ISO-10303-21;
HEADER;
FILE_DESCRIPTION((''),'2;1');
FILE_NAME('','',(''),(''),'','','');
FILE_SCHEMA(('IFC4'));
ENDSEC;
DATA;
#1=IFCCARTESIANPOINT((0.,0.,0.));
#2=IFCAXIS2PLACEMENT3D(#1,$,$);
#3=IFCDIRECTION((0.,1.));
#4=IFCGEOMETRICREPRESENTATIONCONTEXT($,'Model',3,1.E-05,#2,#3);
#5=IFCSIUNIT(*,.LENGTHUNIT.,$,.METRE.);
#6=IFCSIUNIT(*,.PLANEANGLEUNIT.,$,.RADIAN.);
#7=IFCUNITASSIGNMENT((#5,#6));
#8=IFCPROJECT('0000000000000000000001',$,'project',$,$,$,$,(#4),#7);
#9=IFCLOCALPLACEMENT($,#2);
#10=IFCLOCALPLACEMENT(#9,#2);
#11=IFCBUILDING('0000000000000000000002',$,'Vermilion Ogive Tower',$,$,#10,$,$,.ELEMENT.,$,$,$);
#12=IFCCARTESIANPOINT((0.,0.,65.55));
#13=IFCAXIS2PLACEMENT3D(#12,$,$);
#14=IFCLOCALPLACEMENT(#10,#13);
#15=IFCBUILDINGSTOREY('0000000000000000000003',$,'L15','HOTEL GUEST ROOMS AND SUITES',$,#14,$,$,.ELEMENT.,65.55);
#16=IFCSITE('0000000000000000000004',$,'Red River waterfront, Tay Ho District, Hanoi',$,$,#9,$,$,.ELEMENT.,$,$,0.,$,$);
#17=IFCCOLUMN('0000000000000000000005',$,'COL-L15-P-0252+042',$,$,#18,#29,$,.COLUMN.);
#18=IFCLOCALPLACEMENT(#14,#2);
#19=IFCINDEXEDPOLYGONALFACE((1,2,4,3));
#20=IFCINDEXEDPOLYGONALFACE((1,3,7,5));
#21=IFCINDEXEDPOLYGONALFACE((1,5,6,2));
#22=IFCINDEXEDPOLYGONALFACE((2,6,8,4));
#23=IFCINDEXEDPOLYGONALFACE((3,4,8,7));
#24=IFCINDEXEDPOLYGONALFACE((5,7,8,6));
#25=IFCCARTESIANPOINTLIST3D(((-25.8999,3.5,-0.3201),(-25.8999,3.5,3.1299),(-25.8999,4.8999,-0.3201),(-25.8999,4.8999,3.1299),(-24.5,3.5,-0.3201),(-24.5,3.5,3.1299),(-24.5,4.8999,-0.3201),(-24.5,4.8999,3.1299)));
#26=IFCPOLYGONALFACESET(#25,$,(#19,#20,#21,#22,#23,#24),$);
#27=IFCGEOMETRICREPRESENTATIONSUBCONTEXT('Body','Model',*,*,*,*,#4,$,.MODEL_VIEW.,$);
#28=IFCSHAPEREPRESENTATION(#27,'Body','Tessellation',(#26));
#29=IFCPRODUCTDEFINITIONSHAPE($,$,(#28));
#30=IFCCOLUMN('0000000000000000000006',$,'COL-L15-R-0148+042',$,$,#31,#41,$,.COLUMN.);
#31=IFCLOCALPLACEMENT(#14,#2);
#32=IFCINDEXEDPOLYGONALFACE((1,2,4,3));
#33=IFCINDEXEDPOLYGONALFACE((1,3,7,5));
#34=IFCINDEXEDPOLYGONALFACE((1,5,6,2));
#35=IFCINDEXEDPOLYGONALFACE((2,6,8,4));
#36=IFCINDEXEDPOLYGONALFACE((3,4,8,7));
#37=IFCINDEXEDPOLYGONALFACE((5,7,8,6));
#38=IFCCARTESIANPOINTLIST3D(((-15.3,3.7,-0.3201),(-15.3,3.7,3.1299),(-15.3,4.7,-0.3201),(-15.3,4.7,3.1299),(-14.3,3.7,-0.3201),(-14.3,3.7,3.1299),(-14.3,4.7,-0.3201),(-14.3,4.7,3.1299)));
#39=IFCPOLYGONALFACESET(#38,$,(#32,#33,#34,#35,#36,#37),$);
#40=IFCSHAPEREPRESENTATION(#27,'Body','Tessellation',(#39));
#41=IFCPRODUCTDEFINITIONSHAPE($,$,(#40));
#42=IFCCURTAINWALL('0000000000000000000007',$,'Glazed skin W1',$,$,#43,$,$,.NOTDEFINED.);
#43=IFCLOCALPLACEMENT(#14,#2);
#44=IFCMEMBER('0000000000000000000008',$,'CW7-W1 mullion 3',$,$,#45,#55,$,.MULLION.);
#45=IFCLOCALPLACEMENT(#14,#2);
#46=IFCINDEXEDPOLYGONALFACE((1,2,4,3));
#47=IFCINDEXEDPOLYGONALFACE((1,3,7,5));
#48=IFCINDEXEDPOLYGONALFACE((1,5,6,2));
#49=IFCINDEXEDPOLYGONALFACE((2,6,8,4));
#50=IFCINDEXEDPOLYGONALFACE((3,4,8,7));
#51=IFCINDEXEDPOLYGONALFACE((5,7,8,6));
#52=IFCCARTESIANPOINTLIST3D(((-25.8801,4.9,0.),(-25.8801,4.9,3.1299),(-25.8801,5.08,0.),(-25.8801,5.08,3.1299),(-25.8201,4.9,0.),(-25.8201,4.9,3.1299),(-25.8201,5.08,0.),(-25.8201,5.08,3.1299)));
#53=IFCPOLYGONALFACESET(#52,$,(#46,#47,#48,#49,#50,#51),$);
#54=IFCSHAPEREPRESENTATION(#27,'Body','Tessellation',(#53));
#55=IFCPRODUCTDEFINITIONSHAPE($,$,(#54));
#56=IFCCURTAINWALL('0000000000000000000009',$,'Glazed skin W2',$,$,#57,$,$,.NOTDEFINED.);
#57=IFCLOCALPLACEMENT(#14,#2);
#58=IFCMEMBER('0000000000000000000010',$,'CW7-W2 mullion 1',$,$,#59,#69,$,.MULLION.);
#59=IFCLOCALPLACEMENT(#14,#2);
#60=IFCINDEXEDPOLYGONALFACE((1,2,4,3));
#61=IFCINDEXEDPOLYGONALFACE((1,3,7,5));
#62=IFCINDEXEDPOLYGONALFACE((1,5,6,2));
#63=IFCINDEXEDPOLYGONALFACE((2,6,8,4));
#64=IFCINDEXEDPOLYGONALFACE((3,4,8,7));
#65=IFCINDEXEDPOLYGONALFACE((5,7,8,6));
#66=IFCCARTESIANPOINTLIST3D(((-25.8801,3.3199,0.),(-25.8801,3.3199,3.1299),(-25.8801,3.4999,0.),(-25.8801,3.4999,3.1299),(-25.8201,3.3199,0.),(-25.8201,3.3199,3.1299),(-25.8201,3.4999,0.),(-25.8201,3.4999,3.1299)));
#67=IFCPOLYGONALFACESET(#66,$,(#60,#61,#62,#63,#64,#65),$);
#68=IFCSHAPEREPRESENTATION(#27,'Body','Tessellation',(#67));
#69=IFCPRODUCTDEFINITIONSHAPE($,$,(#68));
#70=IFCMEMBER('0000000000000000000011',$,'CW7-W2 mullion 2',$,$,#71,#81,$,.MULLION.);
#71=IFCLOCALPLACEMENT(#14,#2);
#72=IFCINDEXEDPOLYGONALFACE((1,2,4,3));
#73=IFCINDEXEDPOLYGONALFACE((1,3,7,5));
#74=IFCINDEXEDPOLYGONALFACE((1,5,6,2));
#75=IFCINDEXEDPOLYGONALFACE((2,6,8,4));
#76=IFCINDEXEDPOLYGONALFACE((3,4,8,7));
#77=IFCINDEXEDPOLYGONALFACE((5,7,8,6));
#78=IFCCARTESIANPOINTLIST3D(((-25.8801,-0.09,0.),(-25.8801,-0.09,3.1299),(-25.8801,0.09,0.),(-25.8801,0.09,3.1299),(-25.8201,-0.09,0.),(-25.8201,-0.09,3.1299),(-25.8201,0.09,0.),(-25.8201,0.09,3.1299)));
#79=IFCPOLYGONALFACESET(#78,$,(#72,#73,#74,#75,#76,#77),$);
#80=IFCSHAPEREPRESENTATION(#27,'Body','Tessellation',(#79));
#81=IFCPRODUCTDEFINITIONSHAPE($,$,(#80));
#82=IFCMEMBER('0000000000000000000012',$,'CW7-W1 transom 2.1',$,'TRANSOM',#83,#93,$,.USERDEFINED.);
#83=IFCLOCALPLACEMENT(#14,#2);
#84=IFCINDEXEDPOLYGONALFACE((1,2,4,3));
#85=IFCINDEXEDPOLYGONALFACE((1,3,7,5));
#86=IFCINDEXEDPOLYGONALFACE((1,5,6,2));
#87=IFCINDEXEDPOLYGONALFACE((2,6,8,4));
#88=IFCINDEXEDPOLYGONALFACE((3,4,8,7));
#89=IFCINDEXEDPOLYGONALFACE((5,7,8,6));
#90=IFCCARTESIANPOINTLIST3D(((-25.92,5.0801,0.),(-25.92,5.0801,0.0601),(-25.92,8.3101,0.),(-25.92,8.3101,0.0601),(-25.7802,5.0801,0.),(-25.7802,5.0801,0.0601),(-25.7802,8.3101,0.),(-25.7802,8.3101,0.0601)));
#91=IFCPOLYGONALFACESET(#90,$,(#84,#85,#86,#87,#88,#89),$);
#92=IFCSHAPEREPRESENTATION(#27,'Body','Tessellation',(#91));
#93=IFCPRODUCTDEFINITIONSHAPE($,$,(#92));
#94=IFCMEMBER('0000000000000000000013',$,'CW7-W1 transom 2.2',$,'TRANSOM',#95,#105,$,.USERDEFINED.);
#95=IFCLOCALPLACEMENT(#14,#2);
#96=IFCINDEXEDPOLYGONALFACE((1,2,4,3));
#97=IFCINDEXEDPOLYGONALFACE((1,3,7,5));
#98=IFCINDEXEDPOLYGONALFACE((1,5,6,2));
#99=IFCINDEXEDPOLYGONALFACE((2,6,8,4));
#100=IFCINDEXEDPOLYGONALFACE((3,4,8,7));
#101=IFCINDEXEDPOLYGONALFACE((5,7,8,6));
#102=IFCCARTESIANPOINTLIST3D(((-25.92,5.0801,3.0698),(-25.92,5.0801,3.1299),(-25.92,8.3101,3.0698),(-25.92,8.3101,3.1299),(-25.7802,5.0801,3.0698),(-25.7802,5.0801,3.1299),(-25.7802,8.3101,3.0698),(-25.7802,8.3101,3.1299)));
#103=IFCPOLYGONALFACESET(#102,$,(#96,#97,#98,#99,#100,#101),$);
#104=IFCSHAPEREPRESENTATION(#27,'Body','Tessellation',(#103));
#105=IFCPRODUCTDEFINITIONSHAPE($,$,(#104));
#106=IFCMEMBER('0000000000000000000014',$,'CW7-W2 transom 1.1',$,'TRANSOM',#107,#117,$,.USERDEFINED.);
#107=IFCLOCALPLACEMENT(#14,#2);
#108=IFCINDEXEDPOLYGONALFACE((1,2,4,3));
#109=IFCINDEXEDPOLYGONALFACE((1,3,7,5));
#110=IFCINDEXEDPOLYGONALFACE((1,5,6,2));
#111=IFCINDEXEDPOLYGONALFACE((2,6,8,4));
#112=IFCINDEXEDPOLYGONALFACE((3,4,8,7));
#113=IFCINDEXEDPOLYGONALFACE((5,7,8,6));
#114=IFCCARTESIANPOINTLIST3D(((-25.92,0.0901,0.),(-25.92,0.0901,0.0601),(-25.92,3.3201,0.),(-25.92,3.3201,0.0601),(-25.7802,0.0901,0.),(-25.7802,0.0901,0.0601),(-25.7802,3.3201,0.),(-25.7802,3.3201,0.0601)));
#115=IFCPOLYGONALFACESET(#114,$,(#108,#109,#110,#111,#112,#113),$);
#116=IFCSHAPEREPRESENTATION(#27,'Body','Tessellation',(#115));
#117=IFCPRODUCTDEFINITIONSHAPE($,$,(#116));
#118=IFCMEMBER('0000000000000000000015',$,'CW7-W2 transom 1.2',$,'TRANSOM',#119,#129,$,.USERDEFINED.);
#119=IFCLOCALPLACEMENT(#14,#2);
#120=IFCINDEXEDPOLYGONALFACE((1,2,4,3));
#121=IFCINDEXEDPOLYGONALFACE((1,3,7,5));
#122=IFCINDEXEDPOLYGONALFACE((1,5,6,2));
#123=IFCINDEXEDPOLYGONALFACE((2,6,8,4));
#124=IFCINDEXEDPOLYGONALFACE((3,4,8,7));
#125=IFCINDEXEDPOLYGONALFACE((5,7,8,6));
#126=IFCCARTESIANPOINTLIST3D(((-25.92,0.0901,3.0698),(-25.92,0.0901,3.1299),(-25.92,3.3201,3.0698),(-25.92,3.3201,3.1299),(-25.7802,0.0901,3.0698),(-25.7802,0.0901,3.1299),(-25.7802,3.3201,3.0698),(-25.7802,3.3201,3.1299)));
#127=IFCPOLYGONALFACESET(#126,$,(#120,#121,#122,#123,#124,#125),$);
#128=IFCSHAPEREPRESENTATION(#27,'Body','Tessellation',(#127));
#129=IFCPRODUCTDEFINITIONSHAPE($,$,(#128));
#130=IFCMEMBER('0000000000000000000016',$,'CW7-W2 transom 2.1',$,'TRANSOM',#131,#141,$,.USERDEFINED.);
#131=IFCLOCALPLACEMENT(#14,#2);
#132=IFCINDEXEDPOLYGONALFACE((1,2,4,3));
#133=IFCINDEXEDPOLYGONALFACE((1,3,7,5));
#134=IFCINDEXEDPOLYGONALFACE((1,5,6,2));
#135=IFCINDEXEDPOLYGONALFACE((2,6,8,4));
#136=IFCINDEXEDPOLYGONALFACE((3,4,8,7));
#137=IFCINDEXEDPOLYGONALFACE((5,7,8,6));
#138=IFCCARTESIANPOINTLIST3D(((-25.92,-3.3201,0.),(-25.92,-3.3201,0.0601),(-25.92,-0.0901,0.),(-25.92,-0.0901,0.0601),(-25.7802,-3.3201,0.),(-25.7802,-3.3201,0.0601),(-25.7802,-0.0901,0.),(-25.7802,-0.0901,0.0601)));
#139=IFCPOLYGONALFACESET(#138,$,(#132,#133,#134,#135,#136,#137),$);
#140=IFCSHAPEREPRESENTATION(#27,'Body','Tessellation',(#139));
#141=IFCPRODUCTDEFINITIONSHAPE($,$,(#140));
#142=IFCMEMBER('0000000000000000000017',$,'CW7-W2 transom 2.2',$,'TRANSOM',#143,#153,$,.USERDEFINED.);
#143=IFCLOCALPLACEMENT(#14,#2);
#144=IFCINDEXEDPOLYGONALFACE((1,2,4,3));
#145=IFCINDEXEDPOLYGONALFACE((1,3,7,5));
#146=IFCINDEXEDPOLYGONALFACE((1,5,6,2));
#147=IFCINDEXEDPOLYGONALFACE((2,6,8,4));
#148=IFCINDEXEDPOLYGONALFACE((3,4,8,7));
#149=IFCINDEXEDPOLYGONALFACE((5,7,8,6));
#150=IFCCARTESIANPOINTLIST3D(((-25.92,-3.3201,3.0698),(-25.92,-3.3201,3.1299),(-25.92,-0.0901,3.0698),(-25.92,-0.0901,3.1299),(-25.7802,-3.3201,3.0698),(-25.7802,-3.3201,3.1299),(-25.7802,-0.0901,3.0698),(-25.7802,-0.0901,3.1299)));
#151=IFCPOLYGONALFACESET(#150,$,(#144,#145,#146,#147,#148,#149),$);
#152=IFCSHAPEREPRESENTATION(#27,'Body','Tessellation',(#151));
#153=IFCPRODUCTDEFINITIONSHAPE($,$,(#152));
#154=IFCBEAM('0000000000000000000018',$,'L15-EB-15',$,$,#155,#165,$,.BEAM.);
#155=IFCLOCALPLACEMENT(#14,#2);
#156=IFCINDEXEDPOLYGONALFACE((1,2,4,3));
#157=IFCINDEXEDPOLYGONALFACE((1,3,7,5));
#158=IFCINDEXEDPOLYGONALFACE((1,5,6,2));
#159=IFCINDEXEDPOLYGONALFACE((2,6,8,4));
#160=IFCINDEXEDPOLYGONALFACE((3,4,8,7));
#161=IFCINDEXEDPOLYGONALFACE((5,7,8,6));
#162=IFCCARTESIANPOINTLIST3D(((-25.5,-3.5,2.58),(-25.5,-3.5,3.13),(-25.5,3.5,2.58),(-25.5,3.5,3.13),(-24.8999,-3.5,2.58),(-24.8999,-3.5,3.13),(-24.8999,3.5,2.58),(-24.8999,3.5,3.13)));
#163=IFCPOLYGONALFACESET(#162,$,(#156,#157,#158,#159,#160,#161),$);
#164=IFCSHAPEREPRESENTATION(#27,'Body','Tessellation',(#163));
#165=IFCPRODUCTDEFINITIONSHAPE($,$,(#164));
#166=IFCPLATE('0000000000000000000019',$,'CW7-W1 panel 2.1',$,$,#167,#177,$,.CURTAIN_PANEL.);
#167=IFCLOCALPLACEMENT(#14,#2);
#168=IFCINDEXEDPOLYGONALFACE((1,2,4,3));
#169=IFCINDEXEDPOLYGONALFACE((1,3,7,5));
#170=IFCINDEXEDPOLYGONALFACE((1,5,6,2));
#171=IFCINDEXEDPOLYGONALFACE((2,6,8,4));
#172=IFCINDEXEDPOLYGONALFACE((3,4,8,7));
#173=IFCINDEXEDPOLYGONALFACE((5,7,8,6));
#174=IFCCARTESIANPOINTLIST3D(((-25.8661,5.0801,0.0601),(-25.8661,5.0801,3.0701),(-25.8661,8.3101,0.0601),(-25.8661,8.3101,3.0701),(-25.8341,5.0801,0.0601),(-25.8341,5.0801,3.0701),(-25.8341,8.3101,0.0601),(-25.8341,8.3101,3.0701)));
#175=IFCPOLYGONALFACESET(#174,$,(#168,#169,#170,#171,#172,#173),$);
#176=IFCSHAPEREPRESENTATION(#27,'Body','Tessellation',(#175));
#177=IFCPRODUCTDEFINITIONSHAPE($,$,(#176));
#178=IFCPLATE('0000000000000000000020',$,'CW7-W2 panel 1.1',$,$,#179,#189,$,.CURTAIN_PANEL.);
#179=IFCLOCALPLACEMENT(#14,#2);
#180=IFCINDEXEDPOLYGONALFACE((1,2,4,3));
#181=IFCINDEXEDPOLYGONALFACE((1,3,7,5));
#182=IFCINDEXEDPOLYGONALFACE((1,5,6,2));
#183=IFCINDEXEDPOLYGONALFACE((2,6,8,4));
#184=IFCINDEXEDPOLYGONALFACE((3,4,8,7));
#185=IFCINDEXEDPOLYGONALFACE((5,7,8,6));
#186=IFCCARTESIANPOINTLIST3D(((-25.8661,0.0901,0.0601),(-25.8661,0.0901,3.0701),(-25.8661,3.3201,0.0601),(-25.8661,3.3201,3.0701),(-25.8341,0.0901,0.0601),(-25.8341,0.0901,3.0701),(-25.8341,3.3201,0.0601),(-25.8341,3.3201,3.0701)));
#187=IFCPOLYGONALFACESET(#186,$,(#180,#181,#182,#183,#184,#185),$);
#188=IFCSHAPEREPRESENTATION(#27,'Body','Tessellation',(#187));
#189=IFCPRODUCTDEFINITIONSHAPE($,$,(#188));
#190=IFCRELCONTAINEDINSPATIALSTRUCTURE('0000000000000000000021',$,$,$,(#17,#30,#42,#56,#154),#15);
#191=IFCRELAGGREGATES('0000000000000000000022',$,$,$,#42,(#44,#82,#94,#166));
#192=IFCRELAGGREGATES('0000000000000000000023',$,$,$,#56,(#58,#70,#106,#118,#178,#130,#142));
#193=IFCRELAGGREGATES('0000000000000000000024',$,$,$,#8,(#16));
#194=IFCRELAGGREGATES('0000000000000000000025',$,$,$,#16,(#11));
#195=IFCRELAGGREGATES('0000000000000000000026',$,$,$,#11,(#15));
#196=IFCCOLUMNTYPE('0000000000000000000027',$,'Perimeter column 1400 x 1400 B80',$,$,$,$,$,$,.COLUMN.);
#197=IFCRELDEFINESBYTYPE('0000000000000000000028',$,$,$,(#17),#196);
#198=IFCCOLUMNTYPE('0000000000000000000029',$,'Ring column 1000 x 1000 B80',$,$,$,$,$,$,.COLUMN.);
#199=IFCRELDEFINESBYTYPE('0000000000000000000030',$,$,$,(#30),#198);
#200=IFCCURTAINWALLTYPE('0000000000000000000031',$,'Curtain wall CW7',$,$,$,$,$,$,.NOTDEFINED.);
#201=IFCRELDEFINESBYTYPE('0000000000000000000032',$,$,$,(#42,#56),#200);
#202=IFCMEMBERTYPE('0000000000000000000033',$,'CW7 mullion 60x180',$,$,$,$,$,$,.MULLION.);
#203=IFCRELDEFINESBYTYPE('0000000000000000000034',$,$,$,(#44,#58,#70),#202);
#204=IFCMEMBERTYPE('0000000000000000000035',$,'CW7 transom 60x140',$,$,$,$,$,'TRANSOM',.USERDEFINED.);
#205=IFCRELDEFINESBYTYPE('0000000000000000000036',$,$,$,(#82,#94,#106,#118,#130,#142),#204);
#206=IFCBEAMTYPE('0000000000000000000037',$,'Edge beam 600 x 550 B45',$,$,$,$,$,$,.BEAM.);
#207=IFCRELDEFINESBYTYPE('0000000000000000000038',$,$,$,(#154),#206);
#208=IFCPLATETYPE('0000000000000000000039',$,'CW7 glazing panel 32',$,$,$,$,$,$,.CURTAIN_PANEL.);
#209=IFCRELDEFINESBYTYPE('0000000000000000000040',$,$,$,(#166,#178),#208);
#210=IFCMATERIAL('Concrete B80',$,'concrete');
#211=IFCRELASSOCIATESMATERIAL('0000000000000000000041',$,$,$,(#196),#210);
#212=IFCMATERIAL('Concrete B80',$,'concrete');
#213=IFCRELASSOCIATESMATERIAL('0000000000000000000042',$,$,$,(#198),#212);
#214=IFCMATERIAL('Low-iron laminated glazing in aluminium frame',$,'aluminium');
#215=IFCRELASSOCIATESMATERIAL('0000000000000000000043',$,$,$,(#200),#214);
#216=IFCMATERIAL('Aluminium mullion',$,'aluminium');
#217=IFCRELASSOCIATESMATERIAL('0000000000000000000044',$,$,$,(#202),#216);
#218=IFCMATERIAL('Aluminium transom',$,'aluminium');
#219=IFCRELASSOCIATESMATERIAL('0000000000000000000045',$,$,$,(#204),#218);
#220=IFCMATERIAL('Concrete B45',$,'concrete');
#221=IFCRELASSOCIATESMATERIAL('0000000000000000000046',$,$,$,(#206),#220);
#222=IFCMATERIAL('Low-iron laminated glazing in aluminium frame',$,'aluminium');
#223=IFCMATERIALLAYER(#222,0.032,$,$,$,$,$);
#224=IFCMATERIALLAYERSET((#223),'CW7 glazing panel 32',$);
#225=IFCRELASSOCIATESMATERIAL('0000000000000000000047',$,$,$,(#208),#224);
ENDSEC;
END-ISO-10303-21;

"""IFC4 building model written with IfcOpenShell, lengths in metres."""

from ifc_helpers import new_model, si_unit, direction, frame, origin, origin_2d, place, context, subcontext, project, spatial, rectangle, extrude, material, layer, layer_set, material_profile, profile_set, type_object, element, aggregate, save


model = new_model("IFC4")

# Units and contexts
model_context = context("Model", 3, precision=1e-05, world=origin(), true_north=direction((0.0, 1.0)))
body_context = subcontext(model_context, "Body", "Model", "MODEL_VIEW")
ifc_project = project(units=[si_unit("LENGTHUNIT", "METRE"), si_unit("PLANEANGLEUNIT", "RADIAN")], contexts=[model_context])

# Site, building, storey
site_placement = place(None, origin())
site = spatial("IfcSite", under=ifc_project, at=site_placement, Name="Red River waterfront, Tay Ho District, Hanoi", CompositionType="ELEMENT", RefElevation=0.0)
building_placement = place(site_placement, origin())
building = spatial("IfcBuilding", under=site, at=building_placement, Name="Vermilion Ogive Tower", CompositionType="ELEMENT")
storey_placement = place(building_placement, frame((0.0, 0.0, 65.55)))
storey = spatial("IfcBuildingStorey", under=building, at=storey_placement, Name="L15", Description="HOTEL GUEST ROOMS AND SUITES", CompositionType="ELEMENT", Elevation=65.55)

# Columns
ifc_material_1 = material(Name="Concrete B80", Category="concrete")
ifc_material_profile_1 = material_profile(ifc_material_1, rectangle(XDim=1.3999, YDim=1.3999, at=origin_2d()), Name="1400 x 1400")
ifc_profile_set_1 = profile_set([ifc_material_profile_1], Name="Concrete B80")
column_type_1 = type_object("IfcColumnType", Name="Perimeter column 1400 x 1400 B80", PredefinedType="COLUMN", material=ifc_profile_set_1)
column_1_placement = place(storey_placement, frame((-25.2, 4.2, -0.3201), z_axis=(0.0, 0.0, 1.0), x_axis=(1.0, 0.0, 0.0)))
element("IfcColumn", 1, at=column_1_placement, inside=storey, type_object=column_type_1, Name="COL-L15-P-0252+042", PredefinedType="COLUMN", context=body_context, shape_type="SweptSolid", body=[
    extrude(rectangle(XDim=1.3999, YDim=1.3999, at=origin_2d()), origin(), (0.0, 0.0, 1.0), 3.45),
])
ifc_material_2 = material(Name="Concrete B80", Category="concrete")
ifc_material_profile_2 = material_profile(ifc_material_2, rectangle(XDim=1.0, YDim=1.0, at=origin_2d()), Name="1000 x 1000")
ifc_profile_set_2 = profile_set([ifc_material_profile_2], Name="Concrete B80")
column_type_2 = type_object("IfcColumnType", Name="Ring column 1000 x 1000 B80", PredefinedType="COLUMN", material=ifc_profile_set_2)
column_2_placement = place(storey_placement, frame((-14.8, 4.2, -0.3201), z_axis=(0.0, 0.0, 1.0), x_axis=(1.0, 0.0, 0.0)))
element("IfcColumn", 2, at=column_2_placement, inside=storey, type_object=column_type_2, Name="COL-L15-R-0148+042", PredefinedType="COLUMN", context=body_context, shape_type="SweptSolid", body=[
    extrude(rectangle(XDim=1.0, YDim=1.0, at=origin_2d()), origin(), (0.0, 0.0, 1.0), 3.45),
])

# Curtain wall, member
ifc_material_3 = material(Name="Low-iron laminated glazing in aluminium frame", Category="aluminium")
curtain_wall_type = type_object("IfcCurtainWallType", Name="Curtain wall CW7", PredefinedType="NOTDEFINED", material=ifc_material_3)
curtain_wall_1_placement = place(storey_placement, origin())
curtain_wall_1 = element("IfcCurtainWall", 3, at=curtain_wall_1_placement, inside=storey, type_object=curtain_wall_type, Name="Glazed skin W1", PredefinedType="NOTDEFINED")
ifc_material_4 = material(Name="Aluminium mullion", Category="aluminium")
ifc_material_profile_3 = material_profile(ifc_material_4, rectangle(XDim=0.0601, YDim=0.1799, at=origin_2d()), Name="AL 60x180")
ifc_profile_set_3 = profile_set([ifc_material_profile_3], Name="Aluminium mullion")
member_type_1 = type_object("IfcMemberType", Name="CW7 mullion 60x180", PredefinedType="MULLION", material=ifc_profile_set_3)
member_1_placement = place(storey_placement, frame((-25.8501, 4.99, 0.0), z_axis=(0.0, 0.0, 1.0), x_axis=(1.0, 0.0, 0.0)))
member_1 = element("IfcMember", 4, at=member_1_placement, type_object=member_type_1, Name="CW7-W1 mullion 3", PredefinedType="MULLION", context=body_context, shape_type="SweptSolid", body=[
    extrude(rectangle(XDim=0.0601, YDim=0.1799, at=origin_2d()), origin(), (0.0, 0.0, 1.0), 3.1299),
])

# Curtain wall, members
curtain_wall_2_placement = place(storey_placement, origin())
curtain_wall_2 = element("IfcCurtainWall", 5, at=curtain_wall_2_placement, inside=storey, type_object=curtain_wall_type, Name="Glazed skin W2", PredefinedType="NOTDEFINED")
member_2_placement = place(storey_placement, frame((-25.8501, 3.4099, 0.0), z_axis=(0.0, 0.0, 1.0), x_axis=(1.0, 0.0, 0.0)))
member_2 = element("IfcMember", 6, at=member_2_placement, type_object=member_type_1, Name="CW7-W2 mullion 1", PredefinedType="MULLION", context=body_context, shape_type="SweptSolid", body=[
    extrude(rectangle(XDim=0.0601, YDim=0.1799, at=origin_2d()), origin(), (0.0, 0.0, 1.0), 3.1299),
])
member_3_placement = place(storey_placement, frame((-25.8501, 0.0, 0.0), z_axis=(0.0, 0.0, 1.0), x_axis=(1.0, 0.0, 0.0)))
member_3 = element("IfcMember", 7, at=member_3_placement, type_object=member_type_1, Name="CW7-W2 mullion 2", PredefinedType="MULLION", context=body_context, shape_type="SweptSolid", body=[
    extrude(rectangle(XDim=0.0601, YDim=0.1799, at=origin_2d()), origin(), (0.0, 0.0, 1.0), 3.1299),
])

# Members
ifc_material_5 = material(Name="Aluminium transom", Category="aluminium")
ifc_material_profile_4 = material_profile(ifc_material_5, rectangle(XDim=0.1399, YDim=0.0601, at=origin_2d()), Name="AL 60x140")
ifc_profile_set_4 = profile_set([ifc_material_profile_4], Name="Aluminium transom")
member_type_2 = type_object("IfcMemberType", Name="CW7 transom 60x140", ElementType="TRANSOM", PredefinedType="USERDEFINED", material=ifc_profile_set_4)
member_4_placement = place(storey_placement, frame((-25.8501, 8.3101, 0.03), z_axis=(0.0, -1.0, 0.0), x_axis=(1.0, 0.0, 0.0)))
member_4 = element("IfcMember", 8, at=member_4_placement, type_object=member_type_2, Name="CW7-W1 transom 2.1", ObjectType="TRANSOM", PredefinedType="USERDEFINED", context=body_context, shape_type="SweptSolid", body=[
    extrude(rectangle(XDim=0.1399, YDim=0.0601, at=origin_2d()), origin(), (0.0, 0.0, 1.0), 3.23),
])
member_5_placement = place(storey_placement, frame((-25.8501, 8.3101, 3.0999), z_axis=(0.0, -1.0, 0.0), x_axis=(1.0, 0.0, 0.0)))
member_5 = element("IfcMember", 9, at=member_5_placement, type_object=member_type_2, Name="CW7-W1 transom 2.2", ObjectType="TRANSOM", PredefinedType="USERDEFINED", context=body_context, shape_type="SweptSolid", body=[
    extrude(rectangle(XDim=0.1399, YDim=0.0601, at=origin_2d()), origin(), (0.0, 0.0, 1.0), 3.23),
])
member_6_placement = place(storey_placement, frame((-25.8501, 3.3201, 0.03), z_axis=(0.0, -1.0, 0.0), x_axis=(1.0, 0.0, 0.0)))
member_6 = element("IfcMember", 10, at=member_6_placement, type_object=member_type_2, Name="CW7-W2 transom 1.1", ObjectType="TRANSOM", PredefinedType="USERDEFINED", context=body_context, shape_type="SweptSolid", body=[
    extrude(rectangle(XDim=0.1399, YDim=0.0601, at=origin_2d()), origin(), (0.0, 0.0, 1.0), 3.23),
])
member_7_placement = place(storey_placement, frame((-25.8501, 3.3201, 3.0999), z_axis=(0.0, -1.0, 0.0), x_axis=(1.0, 0.0, 0.0)))
member_7 = element("IfcMember", 11, at=member_7_placement, type_object=member_type_2, Name="CW7-W2 transom 1.2", ObjectType="TRANSOM", PredefinedType="USERDEFINED", context=body_context, shape_type="SweptSolid", body=[
    extrude(rectangle(XDim=0.1399, YDim=0.0601, at=origin_2d()), origin(), (0.0, 0.0, 1.0), 3.23),
])
member_8_placement = place(storey_placement, frame((-25.8501, -0.0901, 0.03), z_axis=(0.0, -1.0, 0.0), x_axis=(1.0, 0.0, 0.0)))
member_8 = element("IfcMember", 12, at=member_8_placement, type_object=member_type_2, Name="CW7-W2 transom 2.1", ObjectType="TRANSOM", PredefinedType="USERDEFINED", context=body_context, shape_type="SweptSolid", body=[
    extrude(rectangle(XDim=0.1399, YDim=0.0601, at=origin_2d()), origin(), (0.0, 0.0, 1.0), 3.23),
])
member_9_placement = place(storey_placement, frame((-25.8501, -0.0901, 3.0999), z_axis=(0.0, -1.0, 0.0), x_axis=(1.0, 0.0, 0.0)))
member_9 = element("IfcMember", 13, at=member_9_placement, type_object=member_type_2, Name="CW7-W2 transom 2.2", ObjectType="TRANSOM", PredefinedType="USERDEFINED", context=body_context, shape_type="SweptSolid", body=[
    extrude(rectangle(XDim=0.1399, YDim=0.0601, at=origin_2d()), origin(), (0.0, 0.0, 1.0), 3.23),
])

# Beam
ifc_material_6 = material(Name="Concrete B45", Category="concrete")
ifc_material_profile_5 = material_profile(ifc_material_6, rectangle(XDim=0.6001, YDim=0.55, at=origin_2d()), Name="600 x 550")
ifc_profile_set_5 = profile_set([ifc_material_profile_5], Name="Concrete B45")
beam_type = type_object("IfcBeamType", Name="Edge beam 600 x 550 B45", PredefinedType="BEAM", material=ifc_profile_set_5)
beam_placement = place(storey_placement, frame((-25.2, 3.5, 2.855), z_axis=(0.0, -1.0, 0.0), x_axis=(1.0, 0.0, 0.0)))
element("IfcBeam", 14, at=beam_placement, inside=storey, type_object=beam_type, Name="L15-EB-15", PredefinedType="BEAM", context=body_context, shape_type="SweptSolid", body=[
    extrude(rectangle(XDim=0.6001, YDim=0.55, at=origin_2d()), origin(), (0.0, 0.0, 1.0), 7.0),
])

# Plates
ifc_material_7 = material(Name="Low-iron laminated glazing in aluminium frame", Category="aluminium")
ifc_layer_1 = layer(ifc_material_7, 0.032)
ifc_layer_set_1 = layer_set([ifc_layer_1], Name="CW7 glazing panel 32")
plate_type = type_object("IfcPlateType", Name="CW7 glazing panel 32", PredefinedType="CURTAIN_PANEL", material=ifc_layer_set_1)
plate_1_placement = place(storey_placement, frame((-25.8501, 6.6951, 0.0601), z_axis=(0.0, 0.0, 1.0), x_axis=(0.0, -1.0, 0.0)))
plate_1 = element("IfcPlate", 15, at=plate_1_placement, type_object=plate_type, Name="CW7-W1 panel 2.1", PredefinedType="CURTAIN_PANEL", context=body_context, shape_type="SweptSolid", body=[
    extrude(rectangle(XDim=3.23, YDim=0.032, at=origin_2d()), origin(), (0.0, 0.0, 1.0), 3.01),
])
aggregate(curtain_wall_1, [member_1, member_4, member_5, plate_1])
plate_2_placement = place(storey_placement, frame((-25.8501, 1.7051, 0.0601), z_axis=(0.0, 0.0, 1.0), x_axis=(0.0, -1.0, 0.0)))
plate_2 = element("IfcPlate", 16, at=plate_2_placement, type_object=plate_type, Name="CW7-W2 panel 1.1", PredefinedType="CURTAIN_PANEL", context=body_context, shape_type="SweptSolid", body=[
    extrude(rectangle(XDim=3.23, YDim=0.032, at=origin_2d()), origin(), (0.0, 0.0, 1.0), 3.01),
])
aggregate(curtain_wall_2, [member_2, member_3, member_6, member_7, plate_2, member_8, member_9])

save(model, "model.ifc")
